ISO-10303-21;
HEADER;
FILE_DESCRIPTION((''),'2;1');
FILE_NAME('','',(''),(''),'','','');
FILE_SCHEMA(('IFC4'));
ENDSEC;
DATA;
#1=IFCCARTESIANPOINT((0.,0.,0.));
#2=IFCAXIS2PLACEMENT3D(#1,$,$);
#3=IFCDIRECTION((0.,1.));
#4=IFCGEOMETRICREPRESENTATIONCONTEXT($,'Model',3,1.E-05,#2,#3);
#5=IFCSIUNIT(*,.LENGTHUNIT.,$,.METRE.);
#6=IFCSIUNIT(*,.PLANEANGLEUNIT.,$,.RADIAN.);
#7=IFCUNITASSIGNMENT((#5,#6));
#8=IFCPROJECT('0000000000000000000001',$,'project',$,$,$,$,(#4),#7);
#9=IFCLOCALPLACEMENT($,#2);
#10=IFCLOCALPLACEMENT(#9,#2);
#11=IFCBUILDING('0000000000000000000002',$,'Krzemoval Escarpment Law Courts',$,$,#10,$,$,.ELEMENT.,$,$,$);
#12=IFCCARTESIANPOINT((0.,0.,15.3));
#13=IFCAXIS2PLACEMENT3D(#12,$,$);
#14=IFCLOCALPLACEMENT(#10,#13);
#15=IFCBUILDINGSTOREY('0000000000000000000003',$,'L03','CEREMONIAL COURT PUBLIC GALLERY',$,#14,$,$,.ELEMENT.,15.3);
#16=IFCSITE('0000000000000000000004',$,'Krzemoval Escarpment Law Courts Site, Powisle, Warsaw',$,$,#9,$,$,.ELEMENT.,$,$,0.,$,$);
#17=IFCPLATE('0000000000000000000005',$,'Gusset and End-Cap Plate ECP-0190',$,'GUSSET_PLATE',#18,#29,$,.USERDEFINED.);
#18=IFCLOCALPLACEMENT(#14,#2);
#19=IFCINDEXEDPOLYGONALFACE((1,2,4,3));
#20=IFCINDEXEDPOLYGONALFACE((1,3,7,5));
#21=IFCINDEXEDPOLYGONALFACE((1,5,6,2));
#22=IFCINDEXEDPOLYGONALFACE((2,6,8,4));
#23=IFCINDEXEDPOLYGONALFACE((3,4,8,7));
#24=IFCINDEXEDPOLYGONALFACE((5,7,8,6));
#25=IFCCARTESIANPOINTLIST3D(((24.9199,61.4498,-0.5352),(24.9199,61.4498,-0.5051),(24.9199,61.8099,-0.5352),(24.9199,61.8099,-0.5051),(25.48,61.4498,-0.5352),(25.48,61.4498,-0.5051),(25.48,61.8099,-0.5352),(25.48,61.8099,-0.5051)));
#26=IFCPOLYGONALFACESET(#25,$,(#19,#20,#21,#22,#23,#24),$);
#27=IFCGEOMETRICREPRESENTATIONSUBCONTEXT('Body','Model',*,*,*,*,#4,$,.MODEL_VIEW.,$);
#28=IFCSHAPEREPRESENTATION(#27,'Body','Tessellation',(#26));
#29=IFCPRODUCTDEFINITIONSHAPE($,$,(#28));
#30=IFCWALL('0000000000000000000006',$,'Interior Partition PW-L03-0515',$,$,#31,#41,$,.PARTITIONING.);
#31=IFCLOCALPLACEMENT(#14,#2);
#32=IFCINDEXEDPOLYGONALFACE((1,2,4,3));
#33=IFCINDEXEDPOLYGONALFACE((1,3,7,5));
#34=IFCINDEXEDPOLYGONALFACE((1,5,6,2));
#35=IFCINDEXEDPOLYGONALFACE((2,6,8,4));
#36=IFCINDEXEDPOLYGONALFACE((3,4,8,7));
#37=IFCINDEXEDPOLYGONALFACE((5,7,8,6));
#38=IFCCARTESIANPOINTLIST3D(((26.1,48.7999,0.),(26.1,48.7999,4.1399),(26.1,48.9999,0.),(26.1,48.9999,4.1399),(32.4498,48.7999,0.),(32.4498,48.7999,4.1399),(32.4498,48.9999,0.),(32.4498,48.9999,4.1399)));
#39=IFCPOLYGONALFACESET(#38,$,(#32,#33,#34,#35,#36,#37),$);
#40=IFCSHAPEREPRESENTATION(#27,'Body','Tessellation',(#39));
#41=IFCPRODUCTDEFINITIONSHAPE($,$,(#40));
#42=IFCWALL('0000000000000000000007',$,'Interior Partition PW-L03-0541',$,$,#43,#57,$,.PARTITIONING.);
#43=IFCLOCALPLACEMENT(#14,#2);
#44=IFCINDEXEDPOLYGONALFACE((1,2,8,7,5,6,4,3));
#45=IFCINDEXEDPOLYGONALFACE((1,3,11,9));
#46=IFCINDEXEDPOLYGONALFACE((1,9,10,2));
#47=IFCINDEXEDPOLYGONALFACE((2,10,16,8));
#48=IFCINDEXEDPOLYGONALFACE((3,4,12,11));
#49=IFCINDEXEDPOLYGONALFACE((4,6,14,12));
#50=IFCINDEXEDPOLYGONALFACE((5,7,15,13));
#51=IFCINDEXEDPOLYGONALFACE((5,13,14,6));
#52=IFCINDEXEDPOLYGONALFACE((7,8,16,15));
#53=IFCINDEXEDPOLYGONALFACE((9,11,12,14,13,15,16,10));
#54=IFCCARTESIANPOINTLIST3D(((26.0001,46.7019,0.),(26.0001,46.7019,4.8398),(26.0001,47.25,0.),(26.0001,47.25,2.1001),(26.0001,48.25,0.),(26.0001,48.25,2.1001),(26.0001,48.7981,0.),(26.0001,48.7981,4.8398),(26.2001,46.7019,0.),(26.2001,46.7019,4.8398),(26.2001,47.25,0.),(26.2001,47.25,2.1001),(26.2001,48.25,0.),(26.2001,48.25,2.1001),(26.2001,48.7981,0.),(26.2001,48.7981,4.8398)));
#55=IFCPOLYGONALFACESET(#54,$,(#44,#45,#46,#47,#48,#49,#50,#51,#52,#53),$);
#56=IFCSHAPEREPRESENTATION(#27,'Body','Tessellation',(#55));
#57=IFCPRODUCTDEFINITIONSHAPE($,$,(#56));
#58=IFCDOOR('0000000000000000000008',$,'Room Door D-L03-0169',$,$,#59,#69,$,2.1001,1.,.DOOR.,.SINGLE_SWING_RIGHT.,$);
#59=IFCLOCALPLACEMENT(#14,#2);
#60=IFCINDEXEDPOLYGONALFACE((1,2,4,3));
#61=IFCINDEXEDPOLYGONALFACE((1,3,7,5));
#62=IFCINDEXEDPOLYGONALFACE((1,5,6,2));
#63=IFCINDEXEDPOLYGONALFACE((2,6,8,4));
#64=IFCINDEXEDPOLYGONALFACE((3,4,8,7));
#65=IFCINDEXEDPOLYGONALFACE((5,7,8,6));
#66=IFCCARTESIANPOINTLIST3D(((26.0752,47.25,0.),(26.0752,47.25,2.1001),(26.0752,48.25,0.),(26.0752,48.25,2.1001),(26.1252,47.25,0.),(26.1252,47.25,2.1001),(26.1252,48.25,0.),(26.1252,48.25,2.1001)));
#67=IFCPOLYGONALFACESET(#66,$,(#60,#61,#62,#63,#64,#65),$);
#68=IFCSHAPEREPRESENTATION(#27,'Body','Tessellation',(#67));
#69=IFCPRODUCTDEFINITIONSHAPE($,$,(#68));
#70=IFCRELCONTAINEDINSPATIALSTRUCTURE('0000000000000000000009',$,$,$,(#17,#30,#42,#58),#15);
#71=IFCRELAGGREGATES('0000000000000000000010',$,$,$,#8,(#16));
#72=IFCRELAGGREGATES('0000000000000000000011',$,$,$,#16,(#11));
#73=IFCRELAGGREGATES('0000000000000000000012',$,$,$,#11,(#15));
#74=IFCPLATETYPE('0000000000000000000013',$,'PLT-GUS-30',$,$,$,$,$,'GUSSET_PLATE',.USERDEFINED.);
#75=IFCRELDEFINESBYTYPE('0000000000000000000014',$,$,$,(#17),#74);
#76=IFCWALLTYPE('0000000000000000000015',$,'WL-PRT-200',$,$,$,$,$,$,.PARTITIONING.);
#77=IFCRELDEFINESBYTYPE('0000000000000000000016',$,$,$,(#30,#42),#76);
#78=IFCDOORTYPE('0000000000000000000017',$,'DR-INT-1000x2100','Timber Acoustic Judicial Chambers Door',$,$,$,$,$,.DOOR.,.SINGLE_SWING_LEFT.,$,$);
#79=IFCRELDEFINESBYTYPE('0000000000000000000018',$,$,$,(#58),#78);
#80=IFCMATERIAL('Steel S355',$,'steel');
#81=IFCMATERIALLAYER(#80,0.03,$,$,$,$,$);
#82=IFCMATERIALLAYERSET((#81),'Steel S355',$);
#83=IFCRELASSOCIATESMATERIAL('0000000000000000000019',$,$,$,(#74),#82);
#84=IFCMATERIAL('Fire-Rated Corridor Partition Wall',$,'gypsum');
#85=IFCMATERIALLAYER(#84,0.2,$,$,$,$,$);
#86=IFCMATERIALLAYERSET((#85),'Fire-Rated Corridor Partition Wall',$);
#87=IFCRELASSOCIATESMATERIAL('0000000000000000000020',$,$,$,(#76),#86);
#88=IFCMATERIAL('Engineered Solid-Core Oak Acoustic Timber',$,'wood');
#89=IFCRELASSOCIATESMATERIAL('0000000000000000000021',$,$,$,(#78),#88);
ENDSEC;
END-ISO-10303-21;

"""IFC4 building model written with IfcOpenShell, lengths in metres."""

from ifc_helpers import new_model, si_unit, direction, frame, frame_2d, origin, origin_2d, place, context, subcontext, project, spatial, rectangle, extrude, material, layer, layer_set, type_object, element, fill, save


model = new_model("IFC4")

# Units and contexts
model_context = context("Model", 3, precision=1e-05, world=origin(), true_north=direction((0.0, 1.0)))
body_context = subcontext(model_context, "Body", "Model", "MODEL_VIEW")
ifc_project = project(units=[si_unit("LENGTHUNIT", "METRE"), si_unit("PLANEANGLEUNIT", "RADIAN")], contexts=[model_context])

# Site, building, storey
site_placement = place(None, origin())
site = spatial("IfcSite", under=ifc_project, at=site_placement, Name="Krzemoval Escarpment Law Courts Site, Powisle, Warsaw", CompositionType="ELEMENT", RefElevation=0.0)
building_placement = place(site_placement, origin())
building = spatial("IfcBuilding", under=site, at=building_placement, Name="Krzemoval Escarpment Law Courts", CompositionType="ELEMENT")
storey_placement = place(building_placement, frame((0.0, 0.0, 15.3)))
storey = spatial("IfcBuildingStorey", under=building, at=storey_placement, Name="L03", Description="CEREMONIAL COURT PUBLIC GALLERY", CompositionType="ELEMENT", Elevation=15.3)

# Plate
ifc_material_1 = material(Name="Steel S355", Category="steel")
ifc_layer_1 = layer(ifc_material_1, 0.03)
ifc_layer_set_1 = layer_set([ifc_layer_1], Name="Steel S355")
plate_type_1 = type_object("IfcPlateType", Name="PLT-GUS-30", ElementType="GUSSET_PLATE", PredefinedType="USERDEFINED", material=ifc_layer_set_1)
for number, where, z_axis, x_axis, name in (
    (1, (25.2, 61.6299, -0.5352), (0.0, 0.0, 1.0), (1.0, 0.0, 0.0), "Gusset and End-Cap Plate ECP-0190"),
):
    element("IfcPlate", number, at=place(storey_placement, frame(where, z_axis=z_axis, x_axis=x_axis)), inside=storey, type_object=plate_type_1, Name=name, ObjectType="GUSSET_PLATE", PredefinedType="USERDEFINED", context=body_context, shape_type="SweptSolid", body=[
        extrude(rectangle(XDim=0.5601, YDim=0.3601, at=origin_2d()), origin(), (0.0, 0.0, 1.0), 0.03),
    ])

# Wall
ifc_material_2 = material(Name="Fire-Rated Corridor Partition Wall", Category="gypsum")
ifc_layer_2 = layer(ifc_material_2, 0.2)
ifc_layer_set_2 = layer_set([ifc_layer_2], Name="Fire-Rated Corridor Partition Wall")
wall_type = type_object("IfcWallType", Name="WL-PRT-200", PredefinedType="PARTITIONING", material=ifc_layer_set_2)
wall_1_placement = place(storey_placement, frame((26.1001, 48.8999, 0.0), z_axis=(0.0, 0.0, 1.0), x_axis=(1.0, 0.0, 0.0)))
element("IfcWall", 2, at=wall_1_placement, inside=storey, type_object=wall_type, Name="Interior Partition PW-L03-0515", PredefinedType="PARTITIONING", context=body_context, shape_type="SweptSolid", body=[
    extrude(rectangle(XDim=6.3499, YDim=0.2, at=frame_2d((3.1748, 0.0))), origin(), (0.0, 0.0, 1.0), 4.1399),
])

# Wall, opening, door
wall_2_placement = place(storey_placement, frame((26.1001, 46.7019, 0.0), z_axis=(0.0, 0.0, 1.0), x_axis=(0.0, 1.0, 0.0)))
wall_2 = element("IfcWall", 3, at=wall_2_placement, inside=storey, type_object=wall_type, Name="Interior Partition PW-L03-0541", PredefinedType="PARTITIONING", context=body_context, shape_type="SweptSolid", body=[
    extrude(rectangle(XDim=2.0962, YDim=0.2, at=frame_2d((1.0481, 0.0))), origin(), (0.0, 0.0, 1.0), 4.8398),
])
opening_placement = place(wall_2_placement, frame((0.5481, 0.0, 0.0)))
opening = element("IfcOpeningElement", 4, at=opening_placement, cuts=wall_2, PredefinedType="OPENING", context=body_context, shape_type="SweptSolid", body=[
    extrude(rectangle(XDim=1.0, YDim=2.1001, at=frame_2d((0.5, 1.05))), frame((0.0, 0.115, 0.0), z_axis=(0.0, -1.0, 0.0), x_axis=(1.0, 0.0, 0.0)), (0.0, 0.0, 1.0), 0.2299),
])
ifc_material_3 = material(Name="Engineered Solid-Core Oak Acoustic Timber", Category="wood")
door_type = type_object("IfcDoorType", Name="DR-INT-1000x2100", Description="Timber Acoustic Judicial Chambers Door", OperationType="SINGLE_SWING_LEFT", PredefinedType="DOOR", material=ifc_material_3)
door_placement = place(opening_placement, origin())
door = element("IfcDoor", 5, at=door_placement, inside=storey, type_object=door_type, Name="Room Door D-L03-0169", OperationType="SINGLE_SWING_RIGHT", OverallHeight=2.1001, OverallWidth=1.0, PredefinedType="DOOR", context=body_context, shape_type="SweptSolid", body=[
    extrude(rectangle(XDim=1.0, YDim=2.1001, at=frame_2d((0.5, 1.05))), frame((0.0, 0.0249, 0.0), z_axis=(0.0, -1.0, 0.0), x_axis=(1.0, 0.0, 0.0)), (0.0, 0.0, 1.0), 0.05),
])
fill(opening, door)

save(model, "model.ifc")
